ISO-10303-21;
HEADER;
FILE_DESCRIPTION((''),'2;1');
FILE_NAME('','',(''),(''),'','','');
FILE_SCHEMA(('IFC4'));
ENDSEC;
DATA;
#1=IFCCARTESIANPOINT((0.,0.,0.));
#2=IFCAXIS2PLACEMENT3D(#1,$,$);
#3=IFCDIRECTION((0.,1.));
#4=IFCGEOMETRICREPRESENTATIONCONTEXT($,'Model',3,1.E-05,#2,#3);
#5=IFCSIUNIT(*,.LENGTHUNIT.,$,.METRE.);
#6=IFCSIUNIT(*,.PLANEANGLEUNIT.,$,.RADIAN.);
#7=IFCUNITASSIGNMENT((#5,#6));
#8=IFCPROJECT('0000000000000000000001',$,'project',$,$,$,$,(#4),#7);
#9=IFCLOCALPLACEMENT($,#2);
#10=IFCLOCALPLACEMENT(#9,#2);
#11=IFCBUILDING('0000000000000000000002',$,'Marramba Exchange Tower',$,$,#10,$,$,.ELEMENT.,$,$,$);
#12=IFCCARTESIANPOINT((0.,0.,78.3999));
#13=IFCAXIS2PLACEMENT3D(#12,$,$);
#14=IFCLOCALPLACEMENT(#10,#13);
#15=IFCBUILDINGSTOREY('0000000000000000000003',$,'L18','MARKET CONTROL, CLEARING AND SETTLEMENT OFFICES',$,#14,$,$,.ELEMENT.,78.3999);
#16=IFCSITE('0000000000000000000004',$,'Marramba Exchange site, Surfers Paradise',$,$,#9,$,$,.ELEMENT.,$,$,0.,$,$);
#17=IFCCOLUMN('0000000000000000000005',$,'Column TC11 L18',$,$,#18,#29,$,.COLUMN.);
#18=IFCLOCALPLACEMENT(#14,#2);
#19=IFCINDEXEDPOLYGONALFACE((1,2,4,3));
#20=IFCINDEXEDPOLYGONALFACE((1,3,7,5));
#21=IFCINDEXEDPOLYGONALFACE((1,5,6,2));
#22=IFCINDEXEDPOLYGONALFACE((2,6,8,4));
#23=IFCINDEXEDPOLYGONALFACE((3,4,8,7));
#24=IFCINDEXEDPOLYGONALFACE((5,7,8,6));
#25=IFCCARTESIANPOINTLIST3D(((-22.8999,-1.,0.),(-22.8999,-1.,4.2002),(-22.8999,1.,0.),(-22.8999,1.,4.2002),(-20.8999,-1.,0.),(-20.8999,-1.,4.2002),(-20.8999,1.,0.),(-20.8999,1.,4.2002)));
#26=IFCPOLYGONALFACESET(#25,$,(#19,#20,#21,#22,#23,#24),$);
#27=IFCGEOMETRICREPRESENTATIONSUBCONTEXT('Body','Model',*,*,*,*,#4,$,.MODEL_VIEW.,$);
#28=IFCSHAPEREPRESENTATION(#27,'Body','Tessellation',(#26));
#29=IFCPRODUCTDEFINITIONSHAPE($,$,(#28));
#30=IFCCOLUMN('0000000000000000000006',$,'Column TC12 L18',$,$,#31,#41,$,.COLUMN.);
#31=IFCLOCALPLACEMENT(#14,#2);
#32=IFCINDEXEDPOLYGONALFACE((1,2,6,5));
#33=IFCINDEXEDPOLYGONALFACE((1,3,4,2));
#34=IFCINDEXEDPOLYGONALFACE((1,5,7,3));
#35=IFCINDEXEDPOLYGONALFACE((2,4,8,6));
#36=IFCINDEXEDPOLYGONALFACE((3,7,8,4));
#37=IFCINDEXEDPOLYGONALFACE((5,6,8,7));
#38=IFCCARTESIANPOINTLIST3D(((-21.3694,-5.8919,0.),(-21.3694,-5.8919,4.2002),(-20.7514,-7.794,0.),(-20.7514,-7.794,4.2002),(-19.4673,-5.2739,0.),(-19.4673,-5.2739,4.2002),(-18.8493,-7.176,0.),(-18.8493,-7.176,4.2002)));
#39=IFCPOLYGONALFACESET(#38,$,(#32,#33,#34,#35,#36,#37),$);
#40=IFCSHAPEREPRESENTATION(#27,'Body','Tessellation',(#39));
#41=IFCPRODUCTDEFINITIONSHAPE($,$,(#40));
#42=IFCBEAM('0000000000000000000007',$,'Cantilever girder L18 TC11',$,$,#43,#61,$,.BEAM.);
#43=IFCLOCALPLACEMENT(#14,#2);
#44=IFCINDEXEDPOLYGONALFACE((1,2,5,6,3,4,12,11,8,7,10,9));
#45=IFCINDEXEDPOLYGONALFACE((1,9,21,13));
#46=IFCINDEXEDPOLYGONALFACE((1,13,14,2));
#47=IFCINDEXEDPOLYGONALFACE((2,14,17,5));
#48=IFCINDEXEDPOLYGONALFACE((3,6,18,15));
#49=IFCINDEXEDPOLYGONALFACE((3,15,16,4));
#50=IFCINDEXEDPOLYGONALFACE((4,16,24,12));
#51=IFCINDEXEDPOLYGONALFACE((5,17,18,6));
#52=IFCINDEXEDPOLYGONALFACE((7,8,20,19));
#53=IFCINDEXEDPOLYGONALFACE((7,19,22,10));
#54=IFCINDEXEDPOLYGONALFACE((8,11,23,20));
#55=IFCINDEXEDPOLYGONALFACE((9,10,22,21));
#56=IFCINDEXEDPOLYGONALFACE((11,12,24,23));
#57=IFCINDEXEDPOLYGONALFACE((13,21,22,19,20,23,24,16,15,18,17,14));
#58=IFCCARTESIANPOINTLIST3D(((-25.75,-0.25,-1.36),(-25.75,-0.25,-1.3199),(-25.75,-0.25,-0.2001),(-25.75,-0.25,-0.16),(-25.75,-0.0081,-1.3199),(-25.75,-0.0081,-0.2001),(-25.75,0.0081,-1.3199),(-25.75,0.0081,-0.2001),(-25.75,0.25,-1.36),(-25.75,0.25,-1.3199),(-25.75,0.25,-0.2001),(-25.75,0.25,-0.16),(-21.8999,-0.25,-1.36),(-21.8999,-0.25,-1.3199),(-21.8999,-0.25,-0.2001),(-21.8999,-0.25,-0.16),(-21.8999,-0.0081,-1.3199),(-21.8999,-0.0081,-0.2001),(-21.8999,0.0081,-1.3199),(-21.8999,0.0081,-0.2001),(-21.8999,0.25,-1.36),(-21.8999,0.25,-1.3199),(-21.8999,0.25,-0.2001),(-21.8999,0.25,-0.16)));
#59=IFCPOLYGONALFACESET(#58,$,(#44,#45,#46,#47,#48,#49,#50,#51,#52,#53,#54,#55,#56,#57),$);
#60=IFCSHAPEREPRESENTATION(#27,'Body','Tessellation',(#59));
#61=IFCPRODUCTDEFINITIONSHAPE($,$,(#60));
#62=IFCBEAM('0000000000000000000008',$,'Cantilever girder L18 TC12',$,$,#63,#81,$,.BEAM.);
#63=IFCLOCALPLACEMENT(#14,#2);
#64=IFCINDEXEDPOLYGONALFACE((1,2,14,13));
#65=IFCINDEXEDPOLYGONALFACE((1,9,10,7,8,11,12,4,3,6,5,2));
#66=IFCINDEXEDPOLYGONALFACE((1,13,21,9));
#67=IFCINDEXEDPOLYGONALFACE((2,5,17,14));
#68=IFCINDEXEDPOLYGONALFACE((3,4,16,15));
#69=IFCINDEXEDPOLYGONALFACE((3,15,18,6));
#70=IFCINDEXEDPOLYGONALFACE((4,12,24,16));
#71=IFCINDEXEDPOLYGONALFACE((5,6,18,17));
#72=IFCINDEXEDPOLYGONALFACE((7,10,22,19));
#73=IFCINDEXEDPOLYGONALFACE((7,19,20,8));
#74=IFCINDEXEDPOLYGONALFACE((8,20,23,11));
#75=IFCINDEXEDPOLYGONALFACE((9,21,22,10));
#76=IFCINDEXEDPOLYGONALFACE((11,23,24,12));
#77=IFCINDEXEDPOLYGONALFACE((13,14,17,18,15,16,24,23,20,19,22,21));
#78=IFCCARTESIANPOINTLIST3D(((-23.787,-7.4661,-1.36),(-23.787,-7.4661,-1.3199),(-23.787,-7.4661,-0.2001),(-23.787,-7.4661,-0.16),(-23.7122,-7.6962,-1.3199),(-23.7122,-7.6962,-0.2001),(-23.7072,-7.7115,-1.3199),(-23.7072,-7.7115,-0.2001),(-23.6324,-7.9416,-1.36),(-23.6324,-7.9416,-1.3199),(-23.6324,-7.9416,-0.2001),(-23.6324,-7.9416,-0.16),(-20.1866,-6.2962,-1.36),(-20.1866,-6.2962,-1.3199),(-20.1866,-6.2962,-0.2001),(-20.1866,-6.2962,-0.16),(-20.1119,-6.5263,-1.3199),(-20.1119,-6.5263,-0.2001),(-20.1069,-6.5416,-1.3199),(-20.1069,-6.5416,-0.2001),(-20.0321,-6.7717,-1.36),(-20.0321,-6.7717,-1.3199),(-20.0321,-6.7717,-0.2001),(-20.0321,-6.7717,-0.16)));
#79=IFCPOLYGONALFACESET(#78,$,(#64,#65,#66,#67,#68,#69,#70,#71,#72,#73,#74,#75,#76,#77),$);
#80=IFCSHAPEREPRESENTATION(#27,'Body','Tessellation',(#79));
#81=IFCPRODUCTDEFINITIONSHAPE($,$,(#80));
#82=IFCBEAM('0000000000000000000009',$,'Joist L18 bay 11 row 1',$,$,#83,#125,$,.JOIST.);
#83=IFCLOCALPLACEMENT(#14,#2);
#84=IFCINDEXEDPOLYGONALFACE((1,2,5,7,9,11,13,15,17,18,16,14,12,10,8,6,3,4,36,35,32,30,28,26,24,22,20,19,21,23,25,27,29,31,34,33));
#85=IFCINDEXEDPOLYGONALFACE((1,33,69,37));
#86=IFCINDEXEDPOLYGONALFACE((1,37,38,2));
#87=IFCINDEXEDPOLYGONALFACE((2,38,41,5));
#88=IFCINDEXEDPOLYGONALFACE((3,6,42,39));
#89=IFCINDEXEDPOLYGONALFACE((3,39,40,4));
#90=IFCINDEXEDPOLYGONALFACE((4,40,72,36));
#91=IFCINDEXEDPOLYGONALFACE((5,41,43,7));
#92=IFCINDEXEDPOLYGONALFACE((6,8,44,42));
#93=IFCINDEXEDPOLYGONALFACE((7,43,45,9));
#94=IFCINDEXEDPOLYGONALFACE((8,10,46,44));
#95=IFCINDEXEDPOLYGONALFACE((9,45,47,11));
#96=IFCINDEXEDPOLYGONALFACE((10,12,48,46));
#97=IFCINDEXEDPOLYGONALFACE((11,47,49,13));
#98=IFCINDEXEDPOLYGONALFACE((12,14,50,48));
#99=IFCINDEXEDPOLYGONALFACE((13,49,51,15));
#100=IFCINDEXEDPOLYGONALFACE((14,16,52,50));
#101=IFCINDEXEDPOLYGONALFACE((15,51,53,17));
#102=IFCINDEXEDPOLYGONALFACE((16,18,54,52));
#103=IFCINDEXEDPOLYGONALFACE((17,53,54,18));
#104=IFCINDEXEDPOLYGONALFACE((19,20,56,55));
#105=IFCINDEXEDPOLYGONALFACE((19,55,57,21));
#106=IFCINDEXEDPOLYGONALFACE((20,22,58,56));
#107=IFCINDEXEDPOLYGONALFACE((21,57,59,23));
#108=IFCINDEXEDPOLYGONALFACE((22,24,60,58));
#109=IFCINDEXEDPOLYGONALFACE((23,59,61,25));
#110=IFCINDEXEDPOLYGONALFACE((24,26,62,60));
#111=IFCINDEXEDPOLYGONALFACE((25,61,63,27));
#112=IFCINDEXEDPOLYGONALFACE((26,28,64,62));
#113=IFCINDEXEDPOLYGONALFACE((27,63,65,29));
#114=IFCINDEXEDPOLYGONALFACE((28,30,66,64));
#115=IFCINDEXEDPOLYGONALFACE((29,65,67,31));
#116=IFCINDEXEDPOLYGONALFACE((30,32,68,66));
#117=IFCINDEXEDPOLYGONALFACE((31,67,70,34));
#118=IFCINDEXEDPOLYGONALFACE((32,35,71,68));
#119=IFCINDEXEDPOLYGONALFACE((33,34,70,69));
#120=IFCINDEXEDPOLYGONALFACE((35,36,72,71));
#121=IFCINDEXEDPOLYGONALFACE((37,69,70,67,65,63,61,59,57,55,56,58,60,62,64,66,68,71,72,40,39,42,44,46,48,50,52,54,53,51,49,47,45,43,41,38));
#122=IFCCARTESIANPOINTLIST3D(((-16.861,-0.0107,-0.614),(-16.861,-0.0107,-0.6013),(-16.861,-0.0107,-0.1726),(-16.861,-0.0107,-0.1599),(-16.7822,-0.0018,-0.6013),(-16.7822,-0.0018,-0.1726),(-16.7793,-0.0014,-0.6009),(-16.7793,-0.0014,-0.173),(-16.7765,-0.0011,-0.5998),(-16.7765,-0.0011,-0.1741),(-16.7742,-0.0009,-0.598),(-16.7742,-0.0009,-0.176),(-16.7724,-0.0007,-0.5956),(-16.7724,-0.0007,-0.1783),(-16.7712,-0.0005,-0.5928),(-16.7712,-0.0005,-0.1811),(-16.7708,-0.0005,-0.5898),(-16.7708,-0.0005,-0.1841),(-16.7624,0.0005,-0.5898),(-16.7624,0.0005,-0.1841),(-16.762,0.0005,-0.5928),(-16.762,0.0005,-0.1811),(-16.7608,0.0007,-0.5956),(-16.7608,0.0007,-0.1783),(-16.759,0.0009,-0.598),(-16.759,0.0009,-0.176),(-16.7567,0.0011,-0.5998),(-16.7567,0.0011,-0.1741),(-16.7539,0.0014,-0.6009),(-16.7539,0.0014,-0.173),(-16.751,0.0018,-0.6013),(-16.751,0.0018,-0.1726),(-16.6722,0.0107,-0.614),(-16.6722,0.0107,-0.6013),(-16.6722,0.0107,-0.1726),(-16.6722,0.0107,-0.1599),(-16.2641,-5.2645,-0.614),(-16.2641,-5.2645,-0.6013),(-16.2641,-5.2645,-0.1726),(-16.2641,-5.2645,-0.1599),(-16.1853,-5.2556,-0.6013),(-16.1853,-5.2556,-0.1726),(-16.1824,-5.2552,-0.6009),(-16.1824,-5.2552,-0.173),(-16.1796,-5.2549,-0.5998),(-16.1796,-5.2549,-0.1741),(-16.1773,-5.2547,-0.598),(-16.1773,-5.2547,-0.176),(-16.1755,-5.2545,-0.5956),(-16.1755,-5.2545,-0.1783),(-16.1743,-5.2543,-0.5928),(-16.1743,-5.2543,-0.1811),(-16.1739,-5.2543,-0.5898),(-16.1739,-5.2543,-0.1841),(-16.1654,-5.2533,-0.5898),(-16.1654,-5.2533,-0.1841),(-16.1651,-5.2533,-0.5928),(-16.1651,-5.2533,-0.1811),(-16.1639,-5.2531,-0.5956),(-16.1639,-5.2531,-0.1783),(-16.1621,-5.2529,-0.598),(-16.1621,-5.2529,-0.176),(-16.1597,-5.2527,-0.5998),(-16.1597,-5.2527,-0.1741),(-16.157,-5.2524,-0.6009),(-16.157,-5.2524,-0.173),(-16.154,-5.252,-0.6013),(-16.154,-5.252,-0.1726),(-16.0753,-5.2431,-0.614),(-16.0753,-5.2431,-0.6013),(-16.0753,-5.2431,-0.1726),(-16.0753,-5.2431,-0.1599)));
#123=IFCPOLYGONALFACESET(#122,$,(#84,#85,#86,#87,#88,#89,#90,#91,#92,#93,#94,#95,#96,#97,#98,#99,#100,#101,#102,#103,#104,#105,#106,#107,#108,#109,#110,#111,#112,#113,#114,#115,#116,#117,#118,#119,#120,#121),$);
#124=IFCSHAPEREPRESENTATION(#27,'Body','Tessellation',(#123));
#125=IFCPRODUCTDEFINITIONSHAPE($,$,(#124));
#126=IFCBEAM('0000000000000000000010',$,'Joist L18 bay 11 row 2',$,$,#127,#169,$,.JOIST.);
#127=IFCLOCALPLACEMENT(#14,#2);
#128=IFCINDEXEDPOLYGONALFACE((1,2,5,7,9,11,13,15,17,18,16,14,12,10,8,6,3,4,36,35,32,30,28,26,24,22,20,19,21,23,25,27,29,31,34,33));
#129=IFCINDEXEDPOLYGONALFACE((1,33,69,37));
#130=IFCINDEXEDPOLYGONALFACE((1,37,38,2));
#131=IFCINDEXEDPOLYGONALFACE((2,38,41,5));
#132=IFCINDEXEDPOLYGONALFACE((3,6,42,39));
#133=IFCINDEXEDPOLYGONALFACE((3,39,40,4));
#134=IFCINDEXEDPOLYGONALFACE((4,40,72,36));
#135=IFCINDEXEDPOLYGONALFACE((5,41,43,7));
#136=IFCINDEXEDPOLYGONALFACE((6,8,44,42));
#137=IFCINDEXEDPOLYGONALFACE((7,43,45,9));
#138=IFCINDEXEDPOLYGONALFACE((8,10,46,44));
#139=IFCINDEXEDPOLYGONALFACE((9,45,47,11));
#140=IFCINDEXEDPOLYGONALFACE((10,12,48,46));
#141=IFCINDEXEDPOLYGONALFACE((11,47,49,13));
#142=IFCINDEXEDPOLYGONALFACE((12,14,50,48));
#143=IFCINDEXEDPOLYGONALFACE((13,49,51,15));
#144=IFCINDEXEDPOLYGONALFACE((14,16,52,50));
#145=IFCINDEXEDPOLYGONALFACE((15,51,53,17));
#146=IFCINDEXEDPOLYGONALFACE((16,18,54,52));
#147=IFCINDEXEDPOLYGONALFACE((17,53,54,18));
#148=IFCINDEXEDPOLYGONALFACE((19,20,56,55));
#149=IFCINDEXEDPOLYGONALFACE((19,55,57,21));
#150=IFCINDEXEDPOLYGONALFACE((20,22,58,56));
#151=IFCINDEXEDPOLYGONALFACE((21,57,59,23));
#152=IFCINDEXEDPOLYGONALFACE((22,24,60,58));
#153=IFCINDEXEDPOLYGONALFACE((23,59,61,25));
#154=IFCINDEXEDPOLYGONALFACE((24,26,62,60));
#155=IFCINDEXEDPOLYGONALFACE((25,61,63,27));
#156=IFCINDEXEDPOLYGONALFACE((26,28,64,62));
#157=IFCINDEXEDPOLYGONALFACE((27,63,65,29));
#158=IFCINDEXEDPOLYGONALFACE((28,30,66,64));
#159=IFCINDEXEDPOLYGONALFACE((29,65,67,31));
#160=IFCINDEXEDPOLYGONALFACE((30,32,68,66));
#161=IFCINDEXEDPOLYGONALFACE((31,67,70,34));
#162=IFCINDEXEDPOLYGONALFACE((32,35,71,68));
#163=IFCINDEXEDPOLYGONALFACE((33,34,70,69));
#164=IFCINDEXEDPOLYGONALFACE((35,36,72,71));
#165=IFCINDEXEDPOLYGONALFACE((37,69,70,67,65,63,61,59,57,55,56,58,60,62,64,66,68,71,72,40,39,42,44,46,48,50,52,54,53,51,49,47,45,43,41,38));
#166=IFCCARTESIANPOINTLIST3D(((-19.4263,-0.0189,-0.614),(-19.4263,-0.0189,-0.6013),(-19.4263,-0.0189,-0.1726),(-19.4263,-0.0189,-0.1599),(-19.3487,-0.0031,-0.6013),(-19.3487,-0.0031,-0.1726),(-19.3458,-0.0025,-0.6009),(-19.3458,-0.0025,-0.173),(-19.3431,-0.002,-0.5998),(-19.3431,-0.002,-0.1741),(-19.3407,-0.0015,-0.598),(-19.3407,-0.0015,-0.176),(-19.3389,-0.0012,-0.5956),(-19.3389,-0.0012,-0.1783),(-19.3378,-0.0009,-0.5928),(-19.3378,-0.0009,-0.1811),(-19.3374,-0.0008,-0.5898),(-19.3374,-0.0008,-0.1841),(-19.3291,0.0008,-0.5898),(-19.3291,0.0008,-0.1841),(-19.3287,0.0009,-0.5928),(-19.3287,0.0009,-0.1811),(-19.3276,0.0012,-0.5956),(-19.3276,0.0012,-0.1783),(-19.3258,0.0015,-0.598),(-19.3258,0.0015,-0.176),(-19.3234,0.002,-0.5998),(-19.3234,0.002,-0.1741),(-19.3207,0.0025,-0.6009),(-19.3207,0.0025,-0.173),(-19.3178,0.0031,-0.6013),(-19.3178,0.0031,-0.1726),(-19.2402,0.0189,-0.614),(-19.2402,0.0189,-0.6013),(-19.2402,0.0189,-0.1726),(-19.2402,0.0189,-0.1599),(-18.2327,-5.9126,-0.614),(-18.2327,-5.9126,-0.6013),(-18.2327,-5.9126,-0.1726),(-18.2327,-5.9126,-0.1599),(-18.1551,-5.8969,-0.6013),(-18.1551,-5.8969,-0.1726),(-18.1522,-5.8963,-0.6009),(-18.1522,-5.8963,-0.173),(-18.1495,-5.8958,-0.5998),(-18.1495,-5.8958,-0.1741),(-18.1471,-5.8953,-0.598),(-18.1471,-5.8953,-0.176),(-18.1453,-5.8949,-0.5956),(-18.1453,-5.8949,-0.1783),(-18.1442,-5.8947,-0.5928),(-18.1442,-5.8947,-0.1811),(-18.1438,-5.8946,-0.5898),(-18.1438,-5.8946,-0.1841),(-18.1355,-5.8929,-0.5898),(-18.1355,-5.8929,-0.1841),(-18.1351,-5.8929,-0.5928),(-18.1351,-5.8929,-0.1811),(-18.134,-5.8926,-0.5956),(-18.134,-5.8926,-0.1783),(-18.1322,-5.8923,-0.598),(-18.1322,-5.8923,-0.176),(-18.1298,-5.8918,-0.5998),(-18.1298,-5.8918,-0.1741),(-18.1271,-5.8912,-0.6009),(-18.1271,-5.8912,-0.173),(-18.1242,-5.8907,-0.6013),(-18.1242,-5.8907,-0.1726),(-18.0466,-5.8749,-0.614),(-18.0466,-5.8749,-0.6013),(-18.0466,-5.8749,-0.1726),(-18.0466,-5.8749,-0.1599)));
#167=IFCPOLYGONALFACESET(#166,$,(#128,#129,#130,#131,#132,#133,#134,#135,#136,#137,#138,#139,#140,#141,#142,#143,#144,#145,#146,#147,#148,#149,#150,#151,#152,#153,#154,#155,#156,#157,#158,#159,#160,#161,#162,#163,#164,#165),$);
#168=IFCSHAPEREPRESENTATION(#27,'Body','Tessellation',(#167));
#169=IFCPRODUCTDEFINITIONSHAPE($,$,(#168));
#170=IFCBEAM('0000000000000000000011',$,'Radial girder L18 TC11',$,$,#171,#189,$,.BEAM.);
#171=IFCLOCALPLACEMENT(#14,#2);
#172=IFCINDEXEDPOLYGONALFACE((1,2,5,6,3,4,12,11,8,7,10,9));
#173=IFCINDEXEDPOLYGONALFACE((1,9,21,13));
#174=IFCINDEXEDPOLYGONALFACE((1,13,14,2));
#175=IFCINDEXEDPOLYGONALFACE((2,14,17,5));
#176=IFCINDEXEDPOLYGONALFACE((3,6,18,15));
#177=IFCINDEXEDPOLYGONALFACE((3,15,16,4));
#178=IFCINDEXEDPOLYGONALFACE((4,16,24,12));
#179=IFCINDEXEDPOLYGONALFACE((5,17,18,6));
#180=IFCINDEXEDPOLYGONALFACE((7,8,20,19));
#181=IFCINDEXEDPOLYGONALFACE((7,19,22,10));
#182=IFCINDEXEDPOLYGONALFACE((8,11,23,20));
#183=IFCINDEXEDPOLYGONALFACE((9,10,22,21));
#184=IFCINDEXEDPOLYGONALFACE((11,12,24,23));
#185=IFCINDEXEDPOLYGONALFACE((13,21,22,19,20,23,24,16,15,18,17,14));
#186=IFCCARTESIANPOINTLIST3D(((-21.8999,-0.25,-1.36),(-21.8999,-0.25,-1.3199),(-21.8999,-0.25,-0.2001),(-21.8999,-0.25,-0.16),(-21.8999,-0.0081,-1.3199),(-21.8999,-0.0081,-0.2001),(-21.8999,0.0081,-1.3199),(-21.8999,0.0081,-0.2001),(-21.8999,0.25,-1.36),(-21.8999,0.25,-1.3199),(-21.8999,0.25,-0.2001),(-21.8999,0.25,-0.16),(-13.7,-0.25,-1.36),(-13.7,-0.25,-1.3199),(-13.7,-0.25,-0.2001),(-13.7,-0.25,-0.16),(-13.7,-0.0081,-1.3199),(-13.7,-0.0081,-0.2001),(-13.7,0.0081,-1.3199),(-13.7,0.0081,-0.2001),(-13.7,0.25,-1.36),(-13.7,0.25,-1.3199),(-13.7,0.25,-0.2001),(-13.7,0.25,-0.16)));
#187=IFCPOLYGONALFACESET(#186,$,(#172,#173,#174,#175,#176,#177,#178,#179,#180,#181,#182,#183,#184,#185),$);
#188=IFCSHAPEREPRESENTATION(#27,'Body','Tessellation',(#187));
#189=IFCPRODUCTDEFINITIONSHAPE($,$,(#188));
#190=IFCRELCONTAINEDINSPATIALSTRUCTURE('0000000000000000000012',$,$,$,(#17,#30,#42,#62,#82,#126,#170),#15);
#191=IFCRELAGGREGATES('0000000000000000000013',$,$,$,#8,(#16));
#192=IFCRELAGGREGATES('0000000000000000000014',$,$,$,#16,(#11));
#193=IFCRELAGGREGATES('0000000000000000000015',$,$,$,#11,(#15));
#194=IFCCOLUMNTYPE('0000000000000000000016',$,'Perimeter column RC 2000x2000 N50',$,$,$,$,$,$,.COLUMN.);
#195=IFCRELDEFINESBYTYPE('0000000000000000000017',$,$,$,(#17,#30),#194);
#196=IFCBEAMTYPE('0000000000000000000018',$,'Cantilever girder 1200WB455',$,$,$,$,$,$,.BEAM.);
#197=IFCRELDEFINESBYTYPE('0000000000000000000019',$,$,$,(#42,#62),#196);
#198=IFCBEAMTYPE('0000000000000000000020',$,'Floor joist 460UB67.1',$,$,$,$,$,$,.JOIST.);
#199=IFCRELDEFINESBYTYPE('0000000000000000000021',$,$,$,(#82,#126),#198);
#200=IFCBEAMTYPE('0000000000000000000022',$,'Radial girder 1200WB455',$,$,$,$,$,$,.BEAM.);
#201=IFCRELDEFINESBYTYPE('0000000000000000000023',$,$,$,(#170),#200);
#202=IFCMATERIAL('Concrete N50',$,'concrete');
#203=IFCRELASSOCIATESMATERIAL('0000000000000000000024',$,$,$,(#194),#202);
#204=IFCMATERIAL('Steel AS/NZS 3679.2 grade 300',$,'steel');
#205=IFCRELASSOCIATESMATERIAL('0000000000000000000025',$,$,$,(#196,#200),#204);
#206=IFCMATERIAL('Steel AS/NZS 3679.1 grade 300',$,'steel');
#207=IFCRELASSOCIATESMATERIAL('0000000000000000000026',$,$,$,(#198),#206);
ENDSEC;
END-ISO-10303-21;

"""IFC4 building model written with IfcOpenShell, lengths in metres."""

from ifc_helpers import new_model, si_unit, direction, frame, origin, origin_2d, place, context, subcontext, project, spatial, rectangle, i_section, extrude, material, material_profile, profile_set, type_object, element, save


model = new_model("IFC4")

# Units and contexts
model_context = context("Model", 3, precision=1e-05, world=origin(), true_north=direction((0.0, 1.0)))
body_context = subcontext(model_context, "Body", "Model", "MODEL_VIEW")
ifc_project = project(units=[si_unit("LENGTHUNIT", "METRE"), si_unit("PLANEANGLEUNIT", "RADIAN")], contexts=[model_context])

# Site, building, storey
site_placement = place(None, origin())
site = spatial("IfcSite", under=ifc_project, at=site_placement, Name="Marramba Exchange site, Surfers Paradise", CompositionType="ELEMENT", RefElevation=0.0)
building_placement = place(site_placement, origin())
building = spatial("IfcBuilding", under=site, at=building_placement, Name="Marramba Exchange Tower", CompositionType="ELEMENT")
storey_placement = place(building_placement, frame((0.0, 0.0, 78.3999)))
storey = spatial("IfcBuildingStorey", under=building, at=storey_placement, Name="L18", Description="MARKET CONTROL, CLEARING AND SETTLEMENT OFFICES", CompositionType="ELEMENT", Elevation=78.3999)

# Columns
ifc_material_1 = material(Name="Concrete N50", Category="concrete")
ifc_material_profile_1 = material_profile(ifc_material_1, rectangle(XDim=2.0, YDim=2.0, at=origin_2d()), Name="RC 2000x2000")
ifc_profile_set_1 = profile_set([ifc_material_profile_1], Name="Concrete N50")
column_type = type_object("IfcColumnType", Name="Perimeter column RC 2000x2000 N50", PredefinedType="COLUMN", material=ifc_profile_set_1)
for number, where, z_axis, x_axis, name in (
    (1, (-21.8999, 0.0, 0.0), (0.0, 0.0, 1.0), (-1.0, 0.0, 0.0), "Column TC11 L18"),
    (2, (-20.1094, -6.5339, 0.0), (0.0, 0.0, 1.0), (-0.951057, -0.309017, 0.0), "Column TC12 L18"),
):
    element("IfcColumn", number, at=place(storey_placement, frame(where, z_axis=z_axis, x_axis=x_axis)), inside=storey, type_object=column_type, Name=name, PredefinedType="COLUMN", context=body_context, shape_type="SweptSolid", body=[
        extrude(rectangle(XDim=2.0, YDim=2.0, at=origin_2d()), origin(), (0.0, 0.0, 1.0), 4.2002),
    ])

# Beams
ifc_material_2 = material(Name="Steel AS/NZS 3679.2 grade 300", Category="steel")
ifc_material_profile_2 = material_profile(ifc_material_2, i_section(OverallWidth=0.5, OverallDepth=1.2, WebThickness=0.0161, FlangeThickness=0.04, at=origin_2d()), Name="1200WB455")
ifc_profile_set_2 = profile_set([ifc_material_profile_2], Name="Steel AS/NZS 3679.2 grade 300")
beam_type_1 = type_object("IfcBeamType", Name="Cantilever girder 1200WB455", PredefinedType="BEAM", material=ifc_profile_set_2)
beam_1_placement = place(storey_placement, frame((-21.8999, 0.0, -0.76), z_axis=(-1.0, 0.0, 0.0), x_axis=(0.0, -1.0, 0.0)))
element("IfcBeam", 3, at=beam_1_placement, inside=storey, type_object=beam_type_1, Name="Cantilever girder L18 TC11", PredefinedType="BEAM", context=body_context, shape_type="SweptSolid", body=[
    extrude(i_section(OverallWidth=0.5, OverallDepth=1.2, WebThickness=0.0161, FlangeThickness=0.04, at=origin_2d()), origin(), (0.0, 0.0, 1.0), 3.8501),
])
beam_2_placement = place(storey_placement, frame((-20.1094, -6.5339, -0.76), z_axis=(-0.951049, -0.309041, 0.0), x_axis=(0.309041, -0.951049, 0.0)))
element("IfcBeam", 4, at=beam_2_placement, inside=storey, type_object=beam_type_1, Name="Cantilever girder L18 TC12", PredefinedType="BEAM", context=body_context, shape_type="SweptSolid", body=[
    extrude(i_section(OverallWidth=0.5, OverallDepth=1.2, WebThickness=0.0161, FlangeThickness=0.04, at=origin_2d()), origin(), (0.0, 0.0, 1.0), 3.7856),
])
ifc_material_3 = material(Name="Steel AS/NZS 3679.1 grade 300", Category="steel")
ifc_material_profile_3 = material_profile(ifc_material_3, i_section(OverallWidth=0.1899, OverallDepth=0.4541, WebThickness=0.0085, FlangeThickness=0.0127, FilletRadius=0.0115, at=origin_2d()), Name="460UB67.1")
ifc_profile_set_3 = profile_set([ifc_material_profile_3], Name="Steel AS/NZS 3679.1 grade 300")
beam_type_2 = type_object("IfcBeamType", Name="Floor joist 460UB67.1", PredefinedType="JOIST", material=ifc_profile_set_3)
beam_3_placement = place(storey_placement, frame((-16.7666, 0.0, -0.387), z_axis=(0.112889, -0.993608, 0.0), x_axis=(0.993608, 0.112889, 0.0)))
element("IfcBeam", 5, at=beam_3_placement, inside=storey, type_object=beam_type_2, Name="Joist L18 bay 11 row 1", PredefinedType="JOIST", context=body_context, shape_type="SweptSolid", body=[
    extrude(i_section(OverallWidth=0.1899, OverallDepth=0.4541, WebThickness=0.0085, FlangeThickness=0.0127, FilletRadius=0.0115, at=origin_2d()), origin(), (0.0, 0.0, 1.0), 5.2876),
])
beam_4_placement = place(storey_placement, frame((-19.3333, 0.0, -0.387), z_axis=(0.198489, -0.980103, 0.0), x_axis=(0.980103, 0.198489, 0.0)))
element("IfcBeam", 6, at=beam_4_placement, inside=storey, type_object=beam_type_2, Name="Joist L18 bay 11 row 2", PredefinedType="JOIST", context=body_context, shape_type="SweptSolid", body=[
    extrude(i_section(OverallWidth=0.1899, OverallDepth=0.4541, WebThickness=0.0085, FlangeThickness=0.0127, FilletRadius=0.0115, at=origin_2d()), origin(), (0.0, 0.0, 1.0), 6.0134),
])
ifc_material_profile_4 = material_profile(ifc_material_2, i_section(OverallWidth=0.5, OverallDepth=1.2, WebThickness=0.0161, FlangeThickness=0.04, at=origin_2d()), Name="1200WB455")
ifc_profile_set_4 = profile_set([ifc_material_profile_4], Name="Steel AS/NZS 3679.2 grade 300")
beam_type_3 = type_object("IfcBeamType", Name="Radial girder 1200WB455", PredefinedType="BEAM", material=ifc_profile_set_4)
beam_5_placement = place(storey_placement, frame((-13.7, 0.0, -0.76), z_axis=(-1.0, 0.0, 0.0), x_axis=(0.0, -1.0, 0.0)))
element("IfcBeam", 7, at=beam_5_placement, inside=storey, type_object=beam_type_3, Name="Radial girder L18 TC11", PredefinedType="BEAM", context=body_context, shape_type="SweptSolid", body=[
    extrude(i_section(OverallWidth=0.5, OverallDepth=1.2, WebThickness=0.0161, FlangeThickness=0.04, at=origin_2d()), origin(), (0.0, 0.0, 1.0), 8.2),
])

save(model, "model.ifc")
